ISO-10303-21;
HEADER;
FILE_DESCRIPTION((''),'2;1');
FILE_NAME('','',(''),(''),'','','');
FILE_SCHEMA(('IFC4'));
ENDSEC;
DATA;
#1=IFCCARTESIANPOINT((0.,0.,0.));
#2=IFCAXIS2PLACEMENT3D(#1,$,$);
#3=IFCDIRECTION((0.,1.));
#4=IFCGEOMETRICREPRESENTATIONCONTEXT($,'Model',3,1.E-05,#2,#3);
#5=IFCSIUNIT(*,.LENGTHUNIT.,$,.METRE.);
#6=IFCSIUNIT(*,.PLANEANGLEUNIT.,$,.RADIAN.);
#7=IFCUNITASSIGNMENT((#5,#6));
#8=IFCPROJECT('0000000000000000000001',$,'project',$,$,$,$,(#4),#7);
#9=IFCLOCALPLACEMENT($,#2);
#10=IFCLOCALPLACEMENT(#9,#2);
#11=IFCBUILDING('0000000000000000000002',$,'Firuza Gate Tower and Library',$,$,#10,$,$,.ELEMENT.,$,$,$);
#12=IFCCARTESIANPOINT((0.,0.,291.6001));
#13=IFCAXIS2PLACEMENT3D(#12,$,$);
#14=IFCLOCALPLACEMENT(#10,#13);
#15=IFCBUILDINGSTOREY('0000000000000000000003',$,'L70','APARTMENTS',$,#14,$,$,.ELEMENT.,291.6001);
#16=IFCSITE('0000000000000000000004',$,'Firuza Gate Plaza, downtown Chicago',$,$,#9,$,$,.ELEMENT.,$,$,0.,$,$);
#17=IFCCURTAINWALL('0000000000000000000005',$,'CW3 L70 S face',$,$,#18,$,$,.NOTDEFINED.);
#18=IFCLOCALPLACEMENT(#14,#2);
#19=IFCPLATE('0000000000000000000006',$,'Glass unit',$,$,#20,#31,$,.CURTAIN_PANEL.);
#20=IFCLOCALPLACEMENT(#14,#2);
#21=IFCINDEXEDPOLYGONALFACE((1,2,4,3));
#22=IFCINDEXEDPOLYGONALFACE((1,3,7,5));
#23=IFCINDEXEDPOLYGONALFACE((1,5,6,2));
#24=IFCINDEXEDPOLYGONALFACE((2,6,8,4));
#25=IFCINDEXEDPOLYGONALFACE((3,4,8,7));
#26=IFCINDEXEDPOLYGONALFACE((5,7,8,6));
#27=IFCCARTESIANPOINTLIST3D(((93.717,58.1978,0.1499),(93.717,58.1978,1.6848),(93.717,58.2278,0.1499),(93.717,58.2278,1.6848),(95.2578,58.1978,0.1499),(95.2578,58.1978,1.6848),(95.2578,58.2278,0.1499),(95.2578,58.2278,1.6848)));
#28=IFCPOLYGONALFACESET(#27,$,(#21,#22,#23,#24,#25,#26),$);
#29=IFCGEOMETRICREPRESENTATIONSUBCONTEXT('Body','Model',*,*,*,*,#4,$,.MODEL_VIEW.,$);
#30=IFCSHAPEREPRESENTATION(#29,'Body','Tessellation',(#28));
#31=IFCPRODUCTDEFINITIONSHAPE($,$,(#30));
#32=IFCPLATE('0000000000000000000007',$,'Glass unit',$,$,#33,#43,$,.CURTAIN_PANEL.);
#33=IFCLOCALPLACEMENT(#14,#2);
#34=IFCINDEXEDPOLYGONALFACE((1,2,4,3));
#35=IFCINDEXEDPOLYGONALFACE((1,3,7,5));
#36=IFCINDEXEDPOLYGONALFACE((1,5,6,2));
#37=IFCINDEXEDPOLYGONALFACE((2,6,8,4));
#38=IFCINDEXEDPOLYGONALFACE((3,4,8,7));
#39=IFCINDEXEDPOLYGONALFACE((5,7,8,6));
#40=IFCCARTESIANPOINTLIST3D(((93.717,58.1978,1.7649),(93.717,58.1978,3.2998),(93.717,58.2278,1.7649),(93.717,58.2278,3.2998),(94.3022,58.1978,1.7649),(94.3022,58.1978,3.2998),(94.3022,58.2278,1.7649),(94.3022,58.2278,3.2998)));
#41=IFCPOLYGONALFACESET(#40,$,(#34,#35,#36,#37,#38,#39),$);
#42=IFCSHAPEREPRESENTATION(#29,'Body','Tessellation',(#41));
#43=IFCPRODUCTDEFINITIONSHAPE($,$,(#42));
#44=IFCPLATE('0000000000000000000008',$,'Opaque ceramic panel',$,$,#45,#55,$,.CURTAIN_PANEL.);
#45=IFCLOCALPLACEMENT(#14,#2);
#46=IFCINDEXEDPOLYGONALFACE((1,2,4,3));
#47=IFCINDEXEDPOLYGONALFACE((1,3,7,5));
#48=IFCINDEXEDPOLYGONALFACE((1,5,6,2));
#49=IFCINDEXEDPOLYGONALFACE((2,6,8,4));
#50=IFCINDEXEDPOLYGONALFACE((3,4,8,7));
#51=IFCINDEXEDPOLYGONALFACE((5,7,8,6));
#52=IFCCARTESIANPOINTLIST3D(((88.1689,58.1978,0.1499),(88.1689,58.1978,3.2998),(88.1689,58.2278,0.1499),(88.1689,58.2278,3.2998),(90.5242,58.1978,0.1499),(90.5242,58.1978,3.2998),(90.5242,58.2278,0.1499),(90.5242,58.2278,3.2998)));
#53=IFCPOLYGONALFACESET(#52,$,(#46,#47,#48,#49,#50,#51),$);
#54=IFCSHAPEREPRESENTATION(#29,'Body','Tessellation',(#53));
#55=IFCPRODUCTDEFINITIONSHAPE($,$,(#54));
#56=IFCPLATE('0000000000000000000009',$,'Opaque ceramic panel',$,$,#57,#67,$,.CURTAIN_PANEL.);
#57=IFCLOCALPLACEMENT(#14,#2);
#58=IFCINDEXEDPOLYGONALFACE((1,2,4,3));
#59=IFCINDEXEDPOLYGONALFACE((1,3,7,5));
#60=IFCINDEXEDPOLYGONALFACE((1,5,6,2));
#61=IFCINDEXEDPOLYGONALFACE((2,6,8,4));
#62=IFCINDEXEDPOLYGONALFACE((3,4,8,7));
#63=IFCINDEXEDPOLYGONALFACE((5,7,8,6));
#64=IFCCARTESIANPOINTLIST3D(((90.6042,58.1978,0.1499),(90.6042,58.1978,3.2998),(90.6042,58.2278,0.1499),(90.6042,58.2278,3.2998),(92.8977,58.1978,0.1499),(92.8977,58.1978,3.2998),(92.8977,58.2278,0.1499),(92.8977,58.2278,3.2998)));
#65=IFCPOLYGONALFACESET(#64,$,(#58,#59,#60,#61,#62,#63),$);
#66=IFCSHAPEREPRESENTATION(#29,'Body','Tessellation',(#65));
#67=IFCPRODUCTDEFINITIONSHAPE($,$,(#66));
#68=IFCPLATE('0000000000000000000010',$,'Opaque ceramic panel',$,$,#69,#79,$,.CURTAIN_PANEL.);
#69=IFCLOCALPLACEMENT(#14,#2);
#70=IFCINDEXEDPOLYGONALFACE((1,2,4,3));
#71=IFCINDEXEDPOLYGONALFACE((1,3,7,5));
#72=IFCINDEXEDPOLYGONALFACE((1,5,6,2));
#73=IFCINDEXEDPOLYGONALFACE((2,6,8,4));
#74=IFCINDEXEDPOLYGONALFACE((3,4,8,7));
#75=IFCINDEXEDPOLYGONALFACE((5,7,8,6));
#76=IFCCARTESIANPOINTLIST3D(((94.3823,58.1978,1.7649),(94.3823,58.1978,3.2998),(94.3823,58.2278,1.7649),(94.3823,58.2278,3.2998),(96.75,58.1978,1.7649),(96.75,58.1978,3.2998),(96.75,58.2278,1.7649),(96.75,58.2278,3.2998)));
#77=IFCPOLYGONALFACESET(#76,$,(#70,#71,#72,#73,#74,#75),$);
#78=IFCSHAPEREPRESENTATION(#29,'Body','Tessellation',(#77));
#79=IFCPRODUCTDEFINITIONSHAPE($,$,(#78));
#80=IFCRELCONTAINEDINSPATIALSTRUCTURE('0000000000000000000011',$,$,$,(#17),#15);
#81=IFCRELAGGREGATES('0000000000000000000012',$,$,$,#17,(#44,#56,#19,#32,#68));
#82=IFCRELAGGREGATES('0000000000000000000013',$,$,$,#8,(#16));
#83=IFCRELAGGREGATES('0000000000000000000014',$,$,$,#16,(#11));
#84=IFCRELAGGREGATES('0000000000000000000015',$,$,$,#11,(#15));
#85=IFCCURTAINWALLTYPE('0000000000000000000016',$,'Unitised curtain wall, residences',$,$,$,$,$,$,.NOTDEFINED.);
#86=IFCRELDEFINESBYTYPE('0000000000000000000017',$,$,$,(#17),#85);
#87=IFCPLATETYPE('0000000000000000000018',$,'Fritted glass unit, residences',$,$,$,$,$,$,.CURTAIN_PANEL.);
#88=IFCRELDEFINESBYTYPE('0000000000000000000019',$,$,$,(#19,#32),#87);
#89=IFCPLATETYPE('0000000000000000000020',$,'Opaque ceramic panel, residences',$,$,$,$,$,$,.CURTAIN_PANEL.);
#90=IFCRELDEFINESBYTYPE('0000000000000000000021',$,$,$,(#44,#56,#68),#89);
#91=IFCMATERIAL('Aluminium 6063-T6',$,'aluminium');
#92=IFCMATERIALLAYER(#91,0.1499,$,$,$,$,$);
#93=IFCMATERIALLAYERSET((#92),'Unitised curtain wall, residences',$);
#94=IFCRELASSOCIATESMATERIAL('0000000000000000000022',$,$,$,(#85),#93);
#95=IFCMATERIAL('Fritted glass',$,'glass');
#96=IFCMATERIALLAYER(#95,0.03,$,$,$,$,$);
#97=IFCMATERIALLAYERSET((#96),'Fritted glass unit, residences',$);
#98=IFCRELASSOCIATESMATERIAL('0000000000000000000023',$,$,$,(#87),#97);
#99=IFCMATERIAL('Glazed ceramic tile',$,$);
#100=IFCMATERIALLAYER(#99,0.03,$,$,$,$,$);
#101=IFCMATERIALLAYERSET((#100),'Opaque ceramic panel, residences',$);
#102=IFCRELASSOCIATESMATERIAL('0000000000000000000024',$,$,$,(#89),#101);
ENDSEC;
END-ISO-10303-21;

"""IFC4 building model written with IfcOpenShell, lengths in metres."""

from ifc_helpers import new_model, si_unit, direction, frame, origin, place, context, subcontext, project, spatial, polyline, outline, extrude, material, layer, layer_set, type_object, element, aggregate, save


model = new_model("IFC4")

# Units and contexts
model_context = context("Model", 3, precision=1e-05, world=origin(), true_north=direction((0.0, 1.0)))
body_context = subcontext(model_context, "Body", "Model", "MODEL_VIEW")
ifc_project = project(units=[si_unit("LENGTHUNIT", "METRE"), si_unit("PLANEANGLEUNIT", "RADIAN")], contexts=[model_context])

# Site, building, storey
site_placement = place(None, origin())
site = spatial("IfcSite", under=ifc_project, at=site_placement, Name="Firuza Gate Plaza, downtown Chicago", CompositionType="ELEMENT", RefElevation=0.0)
building_placement = place(site_placement, origin())
building = spatial("IfcBuilding", under=site, at=building_placement, Name="Firuza Gate Tower and Library", CompositionType="ELEMENT")
storey_placement = place(building_placement, frame((0.0, 0.0, 291.6001)))
storey = spatial("IfcBuildingStorey", under=building, at=storey_placement, Name="L70", Description="APARTMENTS", CompositionType="ELEMENT", Elevation=291.6001)

# Curtain wall, plates
ifc_material_1 = material(Name="Aluminium 6063-T6", Category="aluminium")
ifc_layer_1 = layer(ifc_material_1, 0.1499)
ifc_layer_set_1 = layer_set([ifc_layer_1], Name="Unitised curtain wall, residences")
curtain_wall_type = type_object("IfcCurtainWallType", Name="Unitised curtain wall, residences", PredefinedType="NOTDEFINED", material=ifc_layer_set_1)
curtain_wall_placement = place(storey_placement, origin())
curtain_wall = element("IfcCurtainWall", 1, at=curtain_wall_placement, inside=storey, type_object=curtain_wall_type, Name="CW3 L70 S face", PredefinedType="NOTDEFINED")
ifc_material_2 = material(Name="Fritted glass", Category="glass")
ifc_layer_2 = layer(ifc_material_2, 0.03)
ifc_layer_set_2 = layer_set([ifc_layer_2], Name="Fritted glass unit, residences")
plate_type_1 = type_object("IfcPlateType", Name="Fritted glass unit, residences", PredefinedType="CURTAIN_PANEL", material=ifc_layer_set_2)
plate_1_placement = place(storey_placement, frame((93.717, 58.1978, 0.1499), z_axis=(0.0, -1.0, 0.0), x_axis=(1.0, 0.0, 0.0)))
plate_1 = element("IfcPlate", 2, at=plate_1_placement, type_object=plate_type_1, Name="Glass unit", PredefinedType="CURTAIN_PANEL", context=body_context, shape_type="SweptSolid", body=[
    extrude(outline(polyline([(0.0, 0.0), (1.5408, 0.0), (1.5408, 1.5349), (0.0, 1.5349), (0.0, 0.0)])), origin(), (0.0, 0.0, -1.0), 0.03),
])
plate_2_placement = place(storey_placement, frame((93.717, 58.1978, 1.7649), z_axis=(0.0, -1.0, 0.0), x_axis=(1.0, 0.0, 0.0)))
plate_2 = element("IfcPlate", 3, at=plate_2_placement, type_object=plate_type_1, Name="Glass unit", PredefinedType="CURTAIN_PANEL", context=body_context, shape_type="SweptSolid", body=[
    extrude(outline(polyline([(0.0, 0.0), (0.5852, 0.0), (0.5852, 1.5349), (0.0, 1.5349), (0.0, 0.0)])), origin(), (0.0, 0.0, -1.0), 0.03),
])
ifc_material_3 = material(Name="Glazed ceramic tile")
ifc_layer_3 = layer(ifc_material_3, 0.03)
ifc_layer_set_3 = layer_set([ifc_layer_3], Name="Opaque ceramic panel, residences")
plate_type_2 = type_object("IfcPlateType", Name="Opaque ceramic panel, residences", PredefinedType="CURTAIN_PANEL", material=ifc_layer_set_3)
plate_3_placement = place(storey_placement, frame((88.1689, 58.1978, 0.1499), z_axis=(0.0, -1.0, 0.0), x_axis=(1.0, 0.0, 0.0)))
plate_3 = element("IfcPlate", 4, at=plate_3_placement, type_object=plate_type_2, Name="Opaque ceramic panel", PredefinedType="CURTAIN_PANEL", context=body_context, shape_type="SweptSolid", body=[
    extrude(outline(polyline([(0.0, 0.0), (2.3552, 0.0), (2.3552, 3.1499), (0.0, 3.1499), (0.0, 0.0)])), origin(), (0.0, 0.0, -1.0), 0.03),
])
plate_4_placement = place(storey_placement, frame((90.6042, 58.1978, 0.1499), z_axis=(0.0, -1.0, 0.0), x_axis=(1.0, 0.0, 0.0)))
plate_4 = element("IfcPlate", 5, at=plate_4_placement, type_object=plate_type_2, Name="Opaque ceramic panel", PredefinedType="CURTAIN_PANEL", context=body_context, shape_type="SweptSolid", body=[
    extrude(outline(polyline([(0.0, 0.0), (2.2935, 0.0), (2.2935, 3.1499), (0.0, 3.1499), (0.0, 0.0)])), origin(), (0.0, 0.0, -1.0), 0.03),
])
plate_5_placement = place(storey_placement, frame((94.3823, 58.1978, 1.7649), z_axis=(0.0, -1.0, 0.0), x_axis=(1.0, 0.0, 0.0)))
plate_5 = element("IfcPlate", 6, at=plate_5_placement, type_object=plate_type_2, Name="Opaque ceramic panel", PredefinedType="CURTAIN_PANEL", context=body_context, shape_type="SweptSolid", body=[
    extrude(outline(polyline([(0.0, 0.0), (2.3677, 0.0), (2.3677, 1.5349), (0.0, 1.5349), (0.0, 0.0)])), origin(), (0.0, 0.0, -1.0), 0.03),
])
aggregate(curtain_wall, [plate_3, plate_4, plate_1, plate_2, plate_5])

save(model, "model.ifc")
